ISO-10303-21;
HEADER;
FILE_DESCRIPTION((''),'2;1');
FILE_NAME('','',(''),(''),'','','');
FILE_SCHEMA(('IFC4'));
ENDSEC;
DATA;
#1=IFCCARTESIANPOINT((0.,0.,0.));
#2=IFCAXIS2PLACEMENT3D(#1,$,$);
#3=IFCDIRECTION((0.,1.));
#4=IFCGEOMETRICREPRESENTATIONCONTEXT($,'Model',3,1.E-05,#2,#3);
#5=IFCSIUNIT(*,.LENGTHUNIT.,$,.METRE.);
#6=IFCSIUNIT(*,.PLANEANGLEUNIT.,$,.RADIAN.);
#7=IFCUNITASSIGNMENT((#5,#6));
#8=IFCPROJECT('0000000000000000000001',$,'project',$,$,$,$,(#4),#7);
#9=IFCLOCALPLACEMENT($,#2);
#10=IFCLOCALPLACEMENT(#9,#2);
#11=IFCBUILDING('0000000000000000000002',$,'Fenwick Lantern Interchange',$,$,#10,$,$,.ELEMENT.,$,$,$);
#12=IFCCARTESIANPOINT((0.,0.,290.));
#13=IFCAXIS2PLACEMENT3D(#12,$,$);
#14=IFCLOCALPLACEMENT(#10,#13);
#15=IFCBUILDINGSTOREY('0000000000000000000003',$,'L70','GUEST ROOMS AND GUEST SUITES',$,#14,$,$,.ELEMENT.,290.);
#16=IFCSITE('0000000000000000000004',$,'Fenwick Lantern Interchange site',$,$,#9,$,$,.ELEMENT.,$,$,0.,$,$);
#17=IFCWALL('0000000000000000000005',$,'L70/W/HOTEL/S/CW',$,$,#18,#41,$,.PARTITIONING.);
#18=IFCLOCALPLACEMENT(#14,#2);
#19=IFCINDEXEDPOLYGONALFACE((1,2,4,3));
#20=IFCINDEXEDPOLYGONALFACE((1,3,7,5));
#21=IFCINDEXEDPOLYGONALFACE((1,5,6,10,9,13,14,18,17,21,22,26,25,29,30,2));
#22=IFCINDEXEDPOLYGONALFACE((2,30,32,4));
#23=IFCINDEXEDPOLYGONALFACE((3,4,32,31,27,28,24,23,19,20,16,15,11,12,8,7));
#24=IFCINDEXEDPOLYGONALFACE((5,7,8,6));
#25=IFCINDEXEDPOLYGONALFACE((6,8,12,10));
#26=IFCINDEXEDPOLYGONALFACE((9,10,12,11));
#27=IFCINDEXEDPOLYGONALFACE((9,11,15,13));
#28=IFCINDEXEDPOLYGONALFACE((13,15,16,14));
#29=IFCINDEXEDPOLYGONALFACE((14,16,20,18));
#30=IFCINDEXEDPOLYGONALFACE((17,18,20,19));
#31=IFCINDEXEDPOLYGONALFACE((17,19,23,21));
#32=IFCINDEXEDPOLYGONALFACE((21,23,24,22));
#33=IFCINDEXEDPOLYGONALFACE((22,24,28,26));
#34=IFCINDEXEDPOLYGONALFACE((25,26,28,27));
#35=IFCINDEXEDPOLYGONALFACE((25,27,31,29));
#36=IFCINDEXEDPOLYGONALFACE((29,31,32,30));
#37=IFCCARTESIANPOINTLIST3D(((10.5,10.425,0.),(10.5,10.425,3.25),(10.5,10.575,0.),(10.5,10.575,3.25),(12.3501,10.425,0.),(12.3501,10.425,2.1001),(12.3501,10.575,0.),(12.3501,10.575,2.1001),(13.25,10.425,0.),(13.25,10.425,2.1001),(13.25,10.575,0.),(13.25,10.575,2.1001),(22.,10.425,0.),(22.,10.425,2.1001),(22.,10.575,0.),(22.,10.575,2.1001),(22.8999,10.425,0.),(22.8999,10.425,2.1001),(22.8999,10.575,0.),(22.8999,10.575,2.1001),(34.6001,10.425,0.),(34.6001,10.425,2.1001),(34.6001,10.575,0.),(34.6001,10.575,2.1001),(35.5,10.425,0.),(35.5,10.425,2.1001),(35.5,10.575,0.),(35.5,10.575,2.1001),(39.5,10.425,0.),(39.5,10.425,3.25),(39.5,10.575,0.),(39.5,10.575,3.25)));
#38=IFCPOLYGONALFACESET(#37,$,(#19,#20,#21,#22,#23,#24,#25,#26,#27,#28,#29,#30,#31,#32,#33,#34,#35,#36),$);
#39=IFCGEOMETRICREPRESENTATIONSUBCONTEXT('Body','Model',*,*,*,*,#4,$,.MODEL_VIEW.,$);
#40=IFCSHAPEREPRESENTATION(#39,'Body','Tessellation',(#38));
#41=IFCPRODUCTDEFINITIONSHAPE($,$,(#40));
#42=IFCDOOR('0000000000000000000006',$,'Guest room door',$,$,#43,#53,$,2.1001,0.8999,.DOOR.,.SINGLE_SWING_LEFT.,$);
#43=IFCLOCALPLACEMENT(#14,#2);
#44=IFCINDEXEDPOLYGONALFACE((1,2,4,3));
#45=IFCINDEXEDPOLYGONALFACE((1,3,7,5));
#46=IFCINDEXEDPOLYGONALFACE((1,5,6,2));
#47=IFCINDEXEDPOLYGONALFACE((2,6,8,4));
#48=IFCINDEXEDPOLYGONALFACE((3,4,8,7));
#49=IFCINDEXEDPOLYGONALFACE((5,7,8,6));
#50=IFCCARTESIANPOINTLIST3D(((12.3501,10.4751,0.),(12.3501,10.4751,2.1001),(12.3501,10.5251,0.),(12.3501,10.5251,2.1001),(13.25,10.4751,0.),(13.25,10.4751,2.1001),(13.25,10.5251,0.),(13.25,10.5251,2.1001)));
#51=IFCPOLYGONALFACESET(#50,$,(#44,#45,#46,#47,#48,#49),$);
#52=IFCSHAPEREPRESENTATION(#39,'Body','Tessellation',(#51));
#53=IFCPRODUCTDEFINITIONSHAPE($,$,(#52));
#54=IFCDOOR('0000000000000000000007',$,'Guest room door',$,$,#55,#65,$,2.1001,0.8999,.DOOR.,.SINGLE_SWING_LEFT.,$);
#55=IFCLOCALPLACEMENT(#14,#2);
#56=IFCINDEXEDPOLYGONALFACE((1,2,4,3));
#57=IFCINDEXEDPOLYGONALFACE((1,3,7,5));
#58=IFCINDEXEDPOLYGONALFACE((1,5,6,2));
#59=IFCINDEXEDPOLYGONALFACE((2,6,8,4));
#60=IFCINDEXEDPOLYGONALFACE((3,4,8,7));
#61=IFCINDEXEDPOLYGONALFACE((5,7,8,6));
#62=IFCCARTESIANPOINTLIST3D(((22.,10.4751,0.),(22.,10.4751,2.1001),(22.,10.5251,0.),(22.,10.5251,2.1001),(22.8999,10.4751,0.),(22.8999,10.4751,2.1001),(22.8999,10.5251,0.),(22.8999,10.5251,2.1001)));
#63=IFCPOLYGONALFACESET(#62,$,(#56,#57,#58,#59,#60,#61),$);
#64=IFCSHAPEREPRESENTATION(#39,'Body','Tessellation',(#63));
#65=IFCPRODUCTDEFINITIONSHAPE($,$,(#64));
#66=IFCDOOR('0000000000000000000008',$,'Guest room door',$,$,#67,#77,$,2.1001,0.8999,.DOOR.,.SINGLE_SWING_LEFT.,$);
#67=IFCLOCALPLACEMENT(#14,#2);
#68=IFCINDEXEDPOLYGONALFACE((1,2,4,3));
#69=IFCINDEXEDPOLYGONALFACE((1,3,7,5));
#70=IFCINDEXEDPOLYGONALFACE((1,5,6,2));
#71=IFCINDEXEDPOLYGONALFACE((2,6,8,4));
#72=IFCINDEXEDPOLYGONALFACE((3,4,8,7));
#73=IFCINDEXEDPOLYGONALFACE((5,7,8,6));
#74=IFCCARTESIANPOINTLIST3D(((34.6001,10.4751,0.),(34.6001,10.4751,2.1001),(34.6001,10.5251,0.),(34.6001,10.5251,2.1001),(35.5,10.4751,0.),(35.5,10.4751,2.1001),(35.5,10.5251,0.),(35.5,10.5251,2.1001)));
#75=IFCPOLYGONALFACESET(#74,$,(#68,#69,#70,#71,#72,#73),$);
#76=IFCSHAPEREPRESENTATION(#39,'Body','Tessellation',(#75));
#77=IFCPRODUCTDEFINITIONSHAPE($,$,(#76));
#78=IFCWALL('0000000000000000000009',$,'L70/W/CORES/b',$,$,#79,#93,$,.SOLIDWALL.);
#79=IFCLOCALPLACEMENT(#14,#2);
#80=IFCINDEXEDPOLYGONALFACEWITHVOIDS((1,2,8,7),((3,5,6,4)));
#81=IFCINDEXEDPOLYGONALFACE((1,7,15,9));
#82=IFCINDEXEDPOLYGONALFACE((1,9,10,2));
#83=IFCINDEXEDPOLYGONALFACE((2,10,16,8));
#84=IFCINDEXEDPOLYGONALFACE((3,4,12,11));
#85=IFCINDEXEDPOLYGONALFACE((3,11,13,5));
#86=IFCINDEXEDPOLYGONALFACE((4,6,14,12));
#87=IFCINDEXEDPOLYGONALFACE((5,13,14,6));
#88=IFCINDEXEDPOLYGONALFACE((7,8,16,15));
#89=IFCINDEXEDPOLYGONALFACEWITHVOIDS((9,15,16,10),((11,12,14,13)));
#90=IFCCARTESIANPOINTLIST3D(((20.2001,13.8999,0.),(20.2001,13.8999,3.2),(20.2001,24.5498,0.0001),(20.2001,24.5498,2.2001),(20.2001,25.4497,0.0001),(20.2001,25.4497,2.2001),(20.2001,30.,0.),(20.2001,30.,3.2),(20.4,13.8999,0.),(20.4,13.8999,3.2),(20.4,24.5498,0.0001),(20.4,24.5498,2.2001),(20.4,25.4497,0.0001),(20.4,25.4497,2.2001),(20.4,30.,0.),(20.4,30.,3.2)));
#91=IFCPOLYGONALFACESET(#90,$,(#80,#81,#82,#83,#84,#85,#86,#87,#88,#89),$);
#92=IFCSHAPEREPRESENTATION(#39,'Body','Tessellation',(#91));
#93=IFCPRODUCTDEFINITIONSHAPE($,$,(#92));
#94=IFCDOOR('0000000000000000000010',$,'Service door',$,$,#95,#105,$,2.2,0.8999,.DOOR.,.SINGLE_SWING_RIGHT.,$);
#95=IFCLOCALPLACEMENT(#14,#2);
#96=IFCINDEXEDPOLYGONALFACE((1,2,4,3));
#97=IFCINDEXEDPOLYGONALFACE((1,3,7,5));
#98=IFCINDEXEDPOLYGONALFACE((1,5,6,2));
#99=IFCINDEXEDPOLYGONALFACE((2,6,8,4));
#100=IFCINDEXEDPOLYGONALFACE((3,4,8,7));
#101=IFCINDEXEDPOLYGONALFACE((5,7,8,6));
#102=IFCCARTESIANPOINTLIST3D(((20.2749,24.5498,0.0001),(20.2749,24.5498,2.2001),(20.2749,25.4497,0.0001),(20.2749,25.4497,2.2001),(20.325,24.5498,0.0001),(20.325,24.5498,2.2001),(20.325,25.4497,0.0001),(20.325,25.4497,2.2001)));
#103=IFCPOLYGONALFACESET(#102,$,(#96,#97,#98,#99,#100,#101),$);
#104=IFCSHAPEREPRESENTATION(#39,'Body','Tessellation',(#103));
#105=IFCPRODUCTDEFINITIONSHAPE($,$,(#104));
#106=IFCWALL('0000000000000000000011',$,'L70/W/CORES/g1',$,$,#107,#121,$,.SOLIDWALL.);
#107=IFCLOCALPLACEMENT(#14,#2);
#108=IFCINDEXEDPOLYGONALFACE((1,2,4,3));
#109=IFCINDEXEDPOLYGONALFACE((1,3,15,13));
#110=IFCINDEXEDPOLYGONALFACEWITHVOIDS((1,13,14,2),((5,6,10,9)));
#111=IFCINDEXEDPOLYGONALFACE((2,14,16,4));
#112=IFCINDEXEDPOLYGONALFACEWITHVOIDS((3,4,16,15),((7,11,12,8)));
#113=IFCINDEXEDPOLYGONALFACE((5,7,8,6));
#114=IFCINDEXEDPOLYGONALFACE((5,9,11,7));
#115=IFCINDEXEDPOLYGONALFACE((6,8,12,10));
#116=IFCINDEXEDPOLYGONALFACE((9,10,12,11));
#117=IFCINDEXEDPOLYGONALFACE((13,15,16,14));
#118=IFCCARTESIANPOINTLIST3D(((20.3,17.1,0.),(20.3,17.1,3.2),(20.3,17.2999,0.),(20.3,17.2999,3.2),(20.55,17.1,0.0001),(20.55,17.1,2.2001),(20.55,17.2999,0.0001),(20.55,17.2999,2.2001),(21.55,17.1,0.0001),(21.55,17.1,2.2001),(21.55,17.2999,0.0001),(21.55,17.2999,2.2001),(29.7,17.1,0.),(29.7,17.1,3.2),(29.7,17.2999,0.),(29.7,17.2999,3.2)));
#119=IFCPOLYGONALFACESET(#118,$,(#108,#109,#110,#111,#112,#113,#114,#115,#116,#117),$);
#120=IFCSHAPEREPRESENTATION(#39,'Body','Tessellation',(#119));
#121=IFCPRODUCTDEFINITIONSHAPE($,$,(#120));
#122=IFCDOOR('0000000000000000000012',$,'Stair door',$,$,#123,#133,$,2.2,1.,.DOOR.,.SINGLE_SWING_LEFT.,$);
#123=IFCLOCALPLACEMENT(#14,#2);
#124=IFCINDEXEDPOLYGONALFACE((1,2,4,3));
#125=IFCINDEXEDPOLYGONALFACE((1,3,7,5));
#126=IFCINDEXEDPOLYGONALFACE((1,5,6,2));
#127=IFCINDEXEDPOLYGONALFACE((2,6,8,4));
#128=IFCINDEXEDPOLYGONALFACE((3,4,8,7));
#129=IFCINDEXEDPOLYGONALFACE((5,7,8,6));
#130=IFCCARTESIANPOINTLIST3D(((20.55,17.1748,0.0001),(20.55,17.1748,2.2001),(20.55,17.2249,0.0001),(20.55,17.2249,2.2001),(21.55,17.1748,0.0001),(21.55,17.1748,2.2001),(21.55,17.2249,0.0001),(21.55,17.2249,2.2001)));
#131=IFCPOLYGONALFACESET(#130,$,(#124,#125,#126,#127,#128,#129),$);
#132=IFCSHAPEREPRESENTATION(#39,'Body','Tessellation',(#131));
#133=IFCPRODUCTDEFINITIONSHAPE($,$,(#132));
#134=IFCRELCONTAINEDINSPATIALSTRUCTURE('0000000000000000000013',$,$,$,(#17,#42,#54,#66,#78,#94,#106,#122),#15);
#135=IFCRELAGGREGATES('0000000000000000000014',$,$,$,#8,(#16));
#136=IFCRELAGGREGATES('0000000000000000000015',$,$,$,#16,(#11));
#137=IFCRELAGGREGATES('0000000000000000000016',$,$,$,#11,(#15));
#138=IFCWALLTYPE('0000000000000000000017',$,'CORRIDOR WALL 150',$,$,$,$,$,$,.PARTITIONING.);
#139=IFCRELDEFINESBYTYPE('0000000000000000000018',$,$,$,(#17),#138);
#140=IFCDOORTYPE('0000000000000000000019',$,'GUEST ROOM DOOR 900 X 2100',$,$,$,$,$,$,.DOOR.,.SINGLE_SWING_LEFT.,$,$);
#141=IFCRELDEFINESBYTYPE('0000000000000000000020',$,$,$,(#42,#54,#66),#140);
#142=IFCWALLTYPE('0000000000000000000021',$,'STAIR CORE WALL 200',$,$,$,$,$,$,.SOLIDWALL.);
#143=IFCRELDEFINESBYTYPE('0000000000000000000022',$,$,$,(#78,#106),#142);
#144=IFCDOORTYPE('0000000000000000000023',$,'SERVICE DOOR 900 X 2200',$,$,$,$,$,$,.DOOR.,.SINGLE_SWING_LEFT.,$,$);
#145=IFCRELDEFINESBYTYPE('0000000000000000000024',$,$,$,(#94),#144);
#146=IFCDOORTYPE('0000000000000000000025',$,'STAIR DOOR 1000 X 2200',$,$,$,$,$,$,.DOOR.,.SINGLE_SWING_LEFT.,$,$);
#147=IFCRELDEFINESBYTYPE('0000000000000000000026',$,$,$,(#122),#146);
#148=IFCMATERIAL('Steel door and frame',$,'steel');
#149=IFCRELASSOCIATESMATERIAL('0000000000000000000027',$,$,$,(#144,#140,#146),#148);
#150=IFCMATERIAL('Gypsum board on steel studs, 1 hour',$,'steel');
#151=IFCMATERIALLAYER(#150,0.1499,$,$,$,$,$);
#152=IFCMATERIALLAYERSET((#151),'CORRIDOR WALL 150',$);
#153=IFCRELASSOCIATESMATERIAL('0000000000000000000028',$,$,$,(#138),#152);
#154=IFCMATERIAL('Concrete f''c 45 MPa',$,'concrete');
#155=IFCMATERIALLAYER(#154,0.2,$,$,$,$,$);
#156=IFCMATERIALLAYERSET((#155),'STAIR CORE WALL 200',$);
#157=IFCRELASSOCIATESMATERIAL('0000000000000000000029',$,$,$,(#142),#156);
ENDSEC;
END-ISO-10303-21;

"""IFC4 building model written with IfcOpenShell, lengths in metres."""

from ifc_helpers import new_model, si_unit, direction, frame, frame_2d, origin, place, context, subcontext, project, spatial, rectangle, extrude, material, layer, layer_set, type_object, element, fill, save


model = new_model("IFC4")

# Units and contexts
model_context = context("Model", 3, precision=1e-05, world=origin(), true_north=direction((0.0, 1.0)))
body_context = subcontext(model_context, "Body", "Model", "MODEL_VIEW")
ifc_project = project(units=[si_unit("LENGTHUNIT", "METRE"), si_unit("PLANEANGLEUNIT", "RADIAN")], contexts=[model_context])

# Site, building, storey
site_placement = place(None, origin())
site = spatial("IfcSite", under=ifc_project, at=site_placement, Name="Fenwick Lantern Interchange site", CompositionType="ELEMENT", RefElevation=0.0)
building_placement = place(site_placement, origin())
building = spatial("IfcBuilding", under=site, at=building_placement, Name="Fenwick Lantern Interchange", CompositionType="ELEMENT")
storey_placement = place(building_placement, frame((0.0, 0.0, 290.0)))
storey = spatial("IfcBuildingStorey", under=building, at=storey_placement, Name="L70", Description="GUEST ROOMS AND GUEST SUITES", CompositionType="ELEMENT", Elevation=290.0)

# Wall, openings, doors
ifc_material_1 = material(Name="Steel door and frame", Category="steel")
door_type_1 = type_object("IfcDoorType", Name="SERVICE DOOR 900 X 2200", OperationType="SINGLE_SWING_LEFT", PredefinedType="DOOR", material=ifc_material_1)
ifc_material_2 = material(Name="Gypsum board on steel studs, 1 hour", Category="steel")
ifc_layer_1 = layer(ifc_material_2, 0.1499)
ifc_layer_set_1 = layer_set([ifc_layer_1], Name="CORRIDOR WALL 150")
wall_type_1 = type_object("IfcWallType", Name="CORRIDOR WALL 150", PredefinedType="PARTITIONING", material=ifc_layer_set_1)
wall_1_placement = place(storey_placement, frame((10.5, 10.5, 0.0), z_axis=(0.0, 0.0, 1.0), x_axis=(1.0, 0.0, 0.0)))
wall_1 = element("IfcWall", 1, at=wall_1_placement, inside=storey, type_object=wall_type_1, Name="L70/W/HOTEL/S/CW", PredefinedType="PARTITIONING", context=body_context, shape_type="SweptSolid", body=[
    extrude(rectangle(XDim=29.0, YDim=0.1499, at=frame_2d((14.5, 0.0))), origin(), (0.0, 0.0, 1.0), 3.25),
])
opening_1_placement = place(wall_1_placement, frame((1.8501, 0.0, 0.0)))
opening_1 = element("IfcOpeningElement", 2, at=opening_1_placement, cuts=wall_1, PredefinedType="OPENING", context=body_context, shape_type="SweptSolid", body=[
    extrude(rectangle(XDim=0.8999, YDim=2.1001, at=frame_2d((0.45, 1.05))), frame((0.0, 0.085, 0.0), z_axis=(0.0, -1.0, 0.0), x_axis=(1.0, 0.0, 0.0)), (0.0, 0.0, 1.0), 0.1699),
])
opening_2_placement = place(wall_1_placement, frame((11.5, 0.0, 0.0)))
opening_2 = element("IfcOpeningElement", 3, at=opening_2_placement, cuts=wall_1, PredefinedType="OPENING", context=body_context, shape_type="SweptSolid", body=[
    extrude(rectangle(XDim=0.8999, YDim=2.1001, at=frame_2d((0.45, 1.05))), frame((0.0, 0.085, 0.0), z_axis=(0.0, -1.0, 0.0), x_axis=(1.0, 0.0, 0.0)), (0.0, 0.0, 1.0), 0.1699),
])
opening_3_placement = place(wall_1_placement, frame((24.1001, 0.0, 0.0)))
opening_3 = element("IfcOpeningElement", 4, at=opening_3_placement, cuts=wall_1, PredefinedType="OPENING", context=body_context, shape_type="SweptSolid", body=[
    extrude(rectangle(XDim=0.8999, YDim=2.1001, at=frame_2d((0.45, 1.05))), frame((0.0, 0.085, 0.0), z_axis=(0.0, -1.0, 0.0), x_axis=(1.0, 0.0, 0.0)), (0.0, 0.0, 1.0), 0.1699),
])
door_type_2 = type_object("IfcDoorType", Name="GUEST ROOM DOOR 900 X 2100", OperationType="SINGLE_SWING_LEFT", PredefinedType="DOOR", material=ifc_material_1)
door_1_placement = place(opening_1_placement, frame((0.8999, 0.0, 0.0), z_axis=(0.0, 0.0, 1.0), x_axis=(-1.0, 0.0, 0.0)))
door_1 = element("IfcDoor", 5, at=door_1_placement, inside=storey, type_object=door_type_2, Name="Guest room door", OperationType="SINGLE_SWING_LEFT", OverallHeight=2.1001, OverallWidth=0.8999, PredefinedType="DOOR", context=body_context, shape_type="SweptSolid", body=[
    extrude(rectangle(XDim=0.8999, YDim=2.1001, at=frame_2d((0.45, 1.05))), frame((0.0, 0.0249, 0.0), z_axis=(0.0, -1.0, 0.0), x_axis=(1.0, 0.0, 0.0)), (0.0, 0.0, 1.0), 0.05),
])
fill(opening_1, door_1)
door_2_placement = place(opening_2_placement, frame((0.8999, 0.0, 0.0), z_axis=(0.0, 0.0, 1.0), x_axis=(-1.0, 0.0, 0.0)))
door_2 = element("IfcDoor", 6, at=door_2_placement, inside=storey, type_object=door_type_2, Name="Guest room door", OperationType="SINGLE_SWING_LEFT", OverallHeight=2.1001, OverallWidth=0.8999, PredefinedType="DOOR", context=body_context, shape_type="SweptSolid", body=[
    extrude(rectangle(XDim=0.8999, YDim=2.1001, at=frame_2d((0.45, 1.05))), frame((0.0, 0.0249, 0.0), z_axis=(0.0, -1.0, 0.0), x_axis=(1.0, 0.0, 0.0)), (0.0, 0.0, 1.0), 0.05),
])
fill(opening_2, door_2)
door_3_placement = place(opening_3_placement, frame((0.8999, 0.0, 0.0), z_axis=(0.0, 0.0, 1.0), x_axis=(-1.0, 0.0, 0.0)))
door_3 = element("IfcDoor", 7, at=door_3_placement, inside=storey, type_object=door_type_2, Name="Guest room door", OperationType="SINGLE_SWING_LEFT", OverallHeight=2.1001, OverallWidth=0.8999, PredefinedType="DOOR", context=body_context, shape_type="SweptSolid", body=[
    extrude(rectangle(XDim=0.8999, YDim=2.1001, at=frame_2d((0.45, 1.05))), frame((0.0, 0.0249, 0.0), z_axis=(0.0, -1.0, 0.0), x_axis=(1.0, 0.0, 0.0)), (0.0, 0.0, 1.0), 0.05),
])
fill(opening_3, door_3)

# Walls, openings, doors
ifc_material_3 = material(Name="Concrete f'c 45 MPa", Category="concrete")
ifc_layer_2 = layer(ifc_material_3, 0.2)
ifc_layer_set_2 = layer_set([ifc_layer_2], Name="STAIR CORE WALL 200")
wall_type_2 = type_object("IfcWallType", Name="STAIR CORE WALL 200", PredefinedType="SOLIDWALL", material=ifc_layer_set_2)
wall_2_placement = place(storey_placement, frame((20.3, 13.8999, 0.0), z_axis=(0.0, 0.0, 1.0), x_axis=(0.0, 1.0, 0.0)))
wall_2 = element("IfcWall", 8, at=wall_2_placement, inside=storey, type_object=wall_type_2, Name="L70/W/CORES/b", PredefinedType="SOLIDWALL", context=body_context, shape_type="SweptSolid", body=[
    extrude(rectangle(XDim=16.1001, YDim=0.2, at=frame_2d((8.05, 0.0))), origin(), (0.0, 0.0, 1.0), 3.2),
])
opening_4_placement = place(wall_2_placement, frame((10.6499, 0.0, 0.0)))
opening_4 = element("IfcOpeningElement", 9, at=opening_4_placement, cuts=wall_2, PredefinedType="OPENING", context=body_context, shape_type="SweptSolid", body=[
    extrude(rectangle(XDim=0.8999, YDim=2.2, at=frame_2d((0.45, 1.1001))), frame((0.0, 0.1099, 0.0), z_axis=(0.0, -1.0, 0.0), x_axis=(1.0, 0.0, 0.0)), (0.0, 0.0, 1.0), 0.22),
])
door_4_placement = place(opening_4_placement, frame((0.8999, 0.0, 0.0), z_axis=(0.0, 0.0, 1.0), x_axis=(-1.0, 0.0, 0.0)))
door_4 = element("IfcDoor", 10, at=door_4_placement, inside=storey, type_object=door_type_1, Name="Service door", OperationType="SINGLE_SWING_RIGHT", OverallHeight=2.2, OverallWidth=0.8999, PredefinedType="DOOR", context=body_context, shape_type="SweptSolid", body=[
    extrude(rectangle(XDim=0.8999, YDim=2.2, at=frame_2d((0.45, 1.1001))), frame((0.0, 0.0249, 0.0), z_axis=(0.0, -1.0, 0.0), x_axis=(1.0, 0.0, 0.0)), (0.0, 0.0, 1.0), 0.05),
])
fill(opening_4, door_4)
wall_3_placement = place(storey_placement, frame((20.3, 17.2, 0.0), z_axis=(0.0, 0.0, 1.0), x_axis=(1.0, 0.0, 0.0)))
wall_3 = element("IfcWall", 11, at=wall_3_placement, inside=storey, type_object=wall_type_2, Name="L70/W/CORES/g1", PredefinedType="SOLIDWALL", context=body_context, shape_type="SweptSolid", body=[
    extrude(rectangle(XDim=9.3999, YDim=0.2, at=frame_2d((4.7, 0.0))), origin(), (0.0, 0.0, 1.0), 3.2),
])
opening_5_placement = place(wall_3_placement, frame((0.25, 0.0, 0.0)))
opening_5 = element("IfcOpeningElement", 12, at=opening_5_placement, cuts=wall_3, PredefinedType="OPENING", context=body_context, shape_type="SweptSolid", body=[
    extrude(rectangle(XDim=1.0, YDim=2.2, at=frame_2d((0.5, 1.1001))), frame((0.0, 0.1099, 0.0), z_axis=(0.0, -1.0, 0.0), x_axis=(1.0, 0.0, 0.0)), (0.0, 0.0, 1.0), 0.22),
])
door_type_3 = type_object("IfcDoorType", Name="STAIR DOOR 1000 X 2200", OperationType="SINGLE_SWING_LEFT", PredefinedType="DOOR", material=ifc_material_1)
door_5_placement = place(opening_5_placement, origin())
door_5 = element("IfcDoor", 13, at=door_5_placement, inside=storey, type_object=door_type_3, Name="Stair door", OperationType="SINGLE_SWING_LEFT", OverallHeight=2.2, OverallWidth=1.0, PredefinedType="DOOR", context=body_context, shape_type="SweptSolid", body=[
    extrude(rectangle(XDim=1.0, YDim=2.2, at=frame_2d((0.5, 1.1001))), frame((0.0, 0.0249, 0.0), z_axis=(0.0, -1.0, 0.0), x_axis=(1.0, 0.0, 0.0)), (0.0, 0.0, 1.0), 0.05),
])
fill(opening_5, door_5)

save(model, "model.ifc")
